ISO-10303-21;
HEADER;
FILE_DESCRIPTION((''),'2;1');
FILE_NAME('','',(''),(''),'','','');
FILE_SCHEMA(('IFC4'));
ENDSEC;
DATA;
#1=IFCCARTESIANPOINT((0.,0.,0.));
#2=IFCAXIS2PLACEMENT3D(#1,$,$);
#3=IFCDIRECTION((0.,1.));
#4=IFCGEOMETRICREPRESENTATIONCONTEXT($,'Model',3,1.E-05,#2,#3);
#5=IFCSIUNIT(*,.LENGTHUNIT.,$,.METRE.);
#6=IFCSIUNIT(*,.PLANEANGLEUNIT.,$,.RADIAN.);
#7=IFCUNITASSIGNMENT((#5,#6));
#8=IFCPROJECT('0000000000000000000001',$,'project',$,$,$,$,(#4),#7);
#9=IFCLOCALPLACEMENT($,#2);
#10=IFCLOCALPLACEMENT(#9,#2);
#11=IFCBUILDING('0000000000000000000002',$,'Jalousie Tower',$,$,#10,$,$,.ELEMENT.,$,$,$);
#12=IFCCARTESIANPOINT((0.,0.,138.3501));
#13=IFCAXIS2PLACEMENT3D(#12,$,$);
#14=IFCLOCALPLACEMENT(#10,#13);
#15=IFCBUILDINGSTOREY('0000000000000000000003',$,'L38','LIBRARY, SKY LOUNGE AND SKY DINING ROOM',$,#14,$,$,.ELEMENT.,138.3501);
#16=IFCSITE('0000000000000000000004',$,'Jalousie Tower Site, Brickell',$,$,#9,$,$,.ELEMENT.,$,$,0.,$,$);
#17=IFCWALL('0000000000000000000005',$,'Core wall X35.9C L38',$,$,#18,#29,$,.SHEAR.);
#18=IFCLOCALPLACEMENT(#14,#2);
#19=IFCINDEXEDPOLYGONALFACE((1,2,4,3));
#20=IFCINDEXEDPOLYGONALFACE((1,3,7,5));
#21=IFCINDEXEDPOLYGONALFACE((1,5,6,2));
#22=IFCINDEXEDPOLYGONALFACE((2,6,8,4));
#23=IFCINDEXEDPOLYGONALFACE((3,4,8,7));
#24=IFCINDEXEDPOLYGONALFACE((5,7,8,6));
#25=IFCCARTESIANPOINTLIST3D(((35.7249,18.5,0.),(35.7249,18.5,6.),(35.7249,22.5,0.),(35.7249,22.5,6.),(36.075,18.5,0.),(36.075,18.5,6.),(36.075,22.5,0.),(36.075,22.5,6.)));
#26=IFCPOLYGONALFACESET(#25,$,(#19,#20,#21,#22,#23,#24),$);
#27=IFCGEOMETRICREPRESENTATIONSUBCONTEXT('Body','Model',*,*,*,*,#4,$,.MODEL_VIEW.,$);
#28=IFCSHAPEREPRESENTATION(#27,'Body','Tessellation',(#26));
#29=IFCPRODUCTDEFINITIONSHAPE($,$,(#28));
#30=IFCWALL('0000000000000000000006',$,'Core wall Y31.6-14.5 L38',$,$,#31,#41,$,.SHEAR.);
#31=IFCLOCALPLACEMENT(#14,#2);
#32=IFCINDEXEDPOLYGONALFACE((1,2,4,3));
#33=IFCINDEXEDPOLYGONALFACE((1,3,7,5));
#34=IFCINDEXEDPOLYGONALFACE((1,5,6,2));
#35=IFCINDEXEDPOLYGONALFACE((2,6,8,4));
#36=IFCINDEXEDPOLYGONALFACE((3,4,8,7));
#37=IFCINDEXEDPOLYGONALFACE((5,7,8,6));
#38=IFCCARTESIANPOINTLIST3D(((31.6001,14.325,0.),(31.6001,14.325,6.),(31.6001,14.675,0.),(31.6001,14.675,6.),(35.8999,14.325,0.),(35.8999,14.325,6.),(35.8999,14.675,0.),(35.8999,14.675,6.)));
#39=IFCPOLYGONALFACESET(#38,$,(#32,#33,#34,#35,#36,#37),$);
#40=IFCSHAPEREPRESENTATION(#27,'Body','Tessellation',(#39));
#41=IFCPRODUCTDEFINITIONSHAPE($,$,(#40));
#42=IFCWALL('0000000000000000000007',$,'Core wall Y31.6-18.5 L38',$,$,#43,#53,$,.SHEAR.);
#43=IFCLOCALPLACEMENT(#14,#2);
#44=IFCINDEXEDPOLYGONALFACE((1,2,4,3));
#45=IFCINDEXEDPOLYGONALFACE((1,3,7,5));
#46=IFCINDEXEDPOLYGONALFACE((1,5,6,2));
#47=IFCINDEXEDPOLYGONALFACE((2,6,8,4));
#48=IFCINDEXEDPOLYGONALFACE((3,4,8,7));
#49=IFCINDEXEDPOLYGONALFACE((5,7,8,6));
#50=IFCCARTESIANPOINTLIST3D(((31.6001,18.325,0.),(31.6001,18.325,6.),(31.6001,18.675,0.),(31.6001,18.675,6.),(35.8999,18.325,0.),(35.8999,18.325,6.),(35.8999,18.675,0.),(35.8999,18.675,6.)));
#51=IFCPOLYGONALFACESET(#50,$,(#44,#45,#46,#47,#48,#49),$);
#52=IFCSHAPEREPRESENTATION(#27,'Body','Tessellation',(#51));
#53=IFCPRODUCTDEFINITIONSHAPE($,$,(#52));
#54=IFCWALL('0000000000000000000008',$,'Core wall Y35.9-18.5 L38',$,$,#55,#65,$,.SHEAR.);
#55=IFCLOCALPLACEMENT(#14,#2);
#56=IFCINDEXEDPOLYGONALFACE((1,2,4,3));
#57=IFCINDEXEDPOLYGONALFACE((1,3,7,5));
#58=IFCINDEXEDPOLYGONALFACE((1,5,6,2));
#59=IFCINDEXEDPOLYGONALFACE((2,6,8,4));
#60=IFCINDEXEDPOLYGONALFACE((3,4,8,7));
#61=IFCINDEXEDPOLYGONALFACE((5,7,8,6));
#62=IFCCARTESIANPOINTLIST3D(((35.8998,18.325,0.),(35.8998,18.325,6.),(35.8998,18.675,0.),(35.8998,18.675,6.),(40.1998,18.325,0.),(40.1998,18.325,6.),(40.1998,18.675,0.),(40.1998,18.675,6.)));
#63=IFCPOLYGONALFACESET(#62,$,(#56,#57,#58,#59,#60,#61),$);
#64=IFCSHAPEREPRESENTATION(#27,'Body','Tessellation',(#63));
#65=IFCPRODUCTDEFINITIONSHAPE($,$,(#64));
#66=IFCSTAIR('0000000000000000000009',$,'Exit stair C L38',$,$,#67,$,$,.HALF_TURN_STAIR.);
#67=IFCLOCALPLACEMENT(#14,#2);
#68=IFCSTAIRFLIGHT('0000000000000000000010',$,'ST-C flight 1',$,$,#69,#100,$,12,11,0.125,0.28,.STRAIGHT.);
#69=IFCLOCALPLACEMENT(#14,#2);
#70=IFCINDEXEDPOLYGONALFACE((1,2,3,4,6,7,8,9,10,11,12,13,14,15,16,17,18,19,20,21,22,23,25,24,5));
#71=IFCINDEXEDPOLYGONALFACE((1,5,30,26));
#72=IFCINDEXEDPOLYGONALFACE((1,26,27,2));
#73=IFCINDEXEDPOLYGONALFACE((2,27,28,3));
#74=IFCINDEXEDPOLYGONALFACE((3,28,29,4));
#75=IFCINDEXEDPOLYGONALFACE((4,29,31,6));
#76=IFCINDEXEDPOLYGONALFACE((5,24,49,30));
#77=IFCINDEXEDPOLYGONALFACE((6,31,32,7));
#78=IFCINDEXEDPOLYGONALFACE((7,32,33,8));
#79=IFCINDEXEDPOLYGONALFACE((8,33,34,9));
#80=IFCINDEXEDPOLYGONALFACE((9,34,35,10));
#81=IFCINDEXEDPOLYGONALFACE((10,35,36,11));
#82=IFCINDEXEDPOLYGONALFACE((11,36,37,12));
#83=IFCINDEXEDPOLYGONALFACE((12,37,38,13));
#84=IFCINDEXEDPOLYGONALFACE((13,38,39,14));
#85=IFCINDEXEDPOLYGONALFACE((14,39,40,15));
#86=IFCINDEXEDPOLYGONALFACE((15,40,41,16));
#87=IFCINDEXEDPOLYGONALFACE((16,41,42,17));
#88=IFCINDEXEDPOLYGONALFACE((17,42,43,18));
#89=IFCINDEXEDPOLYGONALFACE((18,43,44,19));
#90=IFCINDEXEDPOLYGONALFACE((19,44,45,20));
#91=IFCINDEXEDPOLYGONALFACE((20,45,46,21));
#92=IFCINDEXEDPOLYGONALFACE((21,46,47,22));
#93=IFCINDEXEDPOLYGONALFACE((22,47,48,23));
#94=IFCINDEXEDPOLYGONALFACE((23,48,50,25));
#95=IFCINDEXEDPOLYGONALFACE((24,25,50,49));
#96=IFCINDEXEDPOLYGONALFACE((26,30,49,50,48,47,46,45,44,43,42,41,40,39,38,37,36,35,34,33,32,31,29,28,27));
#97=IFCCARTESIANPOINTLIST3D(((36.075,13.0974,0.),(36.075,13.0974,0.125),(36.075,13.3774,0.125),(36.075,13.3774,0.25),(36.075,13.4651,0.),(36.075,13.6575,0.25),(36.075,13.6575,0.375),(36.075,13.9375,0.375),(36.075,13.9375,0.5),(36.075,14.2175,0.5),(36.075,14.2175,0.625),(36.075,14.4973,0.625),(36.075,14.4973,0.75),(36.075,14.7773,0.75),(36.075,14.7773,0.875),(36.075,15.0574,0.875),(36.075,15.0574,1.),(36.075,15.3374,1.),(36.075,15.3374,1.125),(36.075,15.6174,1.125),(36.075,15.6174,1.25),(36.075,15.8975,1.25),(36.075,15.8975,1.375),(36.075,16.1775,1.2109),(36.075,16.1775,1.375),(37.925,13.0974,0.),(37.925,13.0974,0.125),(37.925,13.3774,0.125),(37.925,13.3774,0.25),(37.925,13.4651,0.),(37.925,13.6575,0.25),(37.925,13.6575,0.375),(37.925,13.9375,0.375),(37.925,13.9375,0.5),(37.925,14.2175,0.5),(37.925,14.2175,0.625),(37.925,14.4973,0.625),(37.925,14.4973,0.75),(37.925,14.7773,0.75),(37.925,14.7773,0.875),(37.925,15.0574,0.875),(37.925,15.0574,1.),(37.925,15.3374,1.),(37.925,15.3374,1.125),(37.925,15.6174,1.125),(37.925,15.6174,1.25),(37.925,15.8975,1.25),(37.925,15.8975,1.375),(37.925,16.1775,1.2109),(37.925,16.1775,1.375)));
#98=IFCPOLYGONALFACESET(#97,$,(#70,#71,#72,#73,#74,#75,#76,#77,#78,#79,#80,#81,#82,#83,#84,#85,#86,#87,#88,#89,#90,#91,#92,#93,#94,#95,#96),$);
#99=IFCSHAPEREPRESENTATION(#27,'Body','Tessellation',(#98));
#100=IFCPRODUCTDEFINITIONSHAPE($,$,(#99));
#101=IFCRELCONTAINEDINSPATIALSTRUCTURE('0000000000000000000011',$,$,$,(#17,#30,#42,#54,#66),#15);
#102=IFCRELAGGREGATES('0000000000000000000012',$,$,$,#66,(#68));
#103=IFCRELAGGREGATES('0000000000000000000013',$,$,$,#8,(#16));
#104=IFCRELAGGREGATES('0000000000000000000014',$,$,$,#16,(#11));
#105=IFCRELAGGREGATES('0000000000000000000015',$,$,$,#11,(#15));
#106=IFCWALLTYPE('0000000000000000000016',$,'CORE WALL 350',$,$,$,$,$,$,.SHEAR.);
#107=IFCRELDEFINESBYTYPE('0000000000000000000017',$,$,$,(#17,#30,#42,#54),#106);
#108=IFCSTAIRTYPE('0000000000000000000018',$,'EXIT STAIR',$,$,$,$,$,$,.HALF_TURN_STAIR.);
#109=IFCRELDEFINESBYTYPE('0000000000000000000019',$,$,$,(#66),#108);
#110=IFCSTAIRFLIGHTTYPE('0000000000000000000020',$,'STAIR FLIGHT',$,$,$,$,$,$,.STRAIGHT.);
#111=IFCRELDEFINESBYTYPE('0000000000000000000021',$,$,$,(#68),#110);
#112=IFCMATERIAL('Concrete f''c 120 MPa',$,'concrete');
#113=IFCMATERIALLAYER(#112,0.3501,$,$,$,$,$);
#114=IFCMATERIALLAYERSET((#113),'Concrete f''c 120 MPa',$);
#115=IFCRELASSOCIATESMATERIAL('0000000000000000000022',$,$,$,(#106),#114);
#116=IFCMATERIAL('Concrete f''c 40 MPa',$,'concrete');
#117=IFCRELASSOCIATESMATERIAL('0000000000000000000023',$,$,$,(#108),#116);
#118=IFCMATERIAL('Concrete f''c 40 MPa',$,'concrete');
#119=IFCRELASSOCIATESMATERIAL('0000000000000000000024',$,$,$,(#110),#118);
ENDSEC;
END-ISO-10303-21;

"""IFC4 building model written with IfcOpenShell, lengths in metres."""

from ifc_helpers import new_model, si_unit, direction, frame, frame_2d, origin, place, context, subcontext, project, spatial, polyline, rectangle, outline, extrude, material, layer, layer_set, type_object, element, aggregate, save


model = new_model("IFC4")

# Units and contexts
model_context = context("Model", 3, precision=1e-05, world=origin(), true_north=direction((0.0, 1.0)))
body_context = subcontext(model_context, "Body", "Model", "MODEL_VIEW")
ifc_project = project(units=[si_unit("LENGTHUNIT", "METRE"), si_unit("PLANEANGLEUNIT", "RADIAN")], contexts=[model_context])

# Site, building, storey
site_placement = place(None, origin())
site = spatial("IfcSite", under=ifc_project, at=site_placement, Name="Jalousie Tower Site, Brickell", CompositionType="ELEMENT", RefElevation=0.0)
building_placement = place(site_placement, origin())
building = spatial("IfcBuilding", under=site, at=building_placement, Name="Jalousie Tower", CompositionType="ELEMENT")
storey_placement = place(building_placement, frame((0.0, 0.0, 138.3501)))
storey = spatial("IfcBuildingStorey", under=building, at=storey_placement, Name="L38", Description="LIBRARY, SKY LOUNGE AND SKY DINING ROOM", CompositionType="ELEMENT", Elevation=138.3501)

# Shared definitions
ifc_material_1 = material(Name="Concrete f'c 120 MPa", Category="concrete")
ifc_layer = layer(ifc_material_1, 0.3501)
ifc_layer_set = layer_set([ifc_layer], Name="Concrete f'c 120 MPa")
wall_type = type_object("IfcWallType", Name="CORE WALL 350", PredefinedType="SHEAR", material=ifc_layer_set)

# Walls
for number, where, z_axis, x_axis, name in (
    (1, (35.8999, 18.5, 0.0), (0.0, 0.0, 1.0), (0.0, 1.0, 0.0), "Core wall X35.9C L38"),
):
    element("IfcWall", number, at=place(storey_placement, frame(where, z_axis=z_axis, x_axis=x_axis)), inside=storey, type_object=wall_type, Name=name, PredefinedType="SHEAR", context=body_context, shape_type="SweptSolid", body=[
        extrude(rectangle(XDim=4.0, YDim=0.3501, at=frame_2d((2.0, 0.0))), origin(), (0.0, 0.0, 1.0), 6.0),
    ])
for number, where, z_axis, x_axis, name in (
    (2, (31.6001, 14.5, 0.0), (0.0, 0.0, 1.0), (1.0, 0.0, 0.0), "Core wall Y31.6-14.5 L38"),
    (3, (31.6001, 18.5, 0.0), (0.0, 0.0, 1.0), (1.0, 0.0, 0.0), "Core wall Y31.6-18.5 L38"),
):
    element("IfcWall", number, at=place(storey_placement, frame(where, z_axis=z_axis, x_axis=x_axis)), inside=storey, type_object=wall_type, Name=name, PredefinedType="SHEAR", context=body_context, shape_type="SweptSolid", body=[
        extrude(rectangle(XDim=4.2998, YDim=0.3501, at=frame_2d((2.1499, 0.0))), origin(), (0.0, 0.0, 1.0), 6.0),
    ])
wall_1_placement = place(storey_placement, frame((35.8999, 18.5, 0.0), z_axis=(0.0, 0.0, 1.0), x_axis=(1.0, 0.0, 0.0)))
element("IfcWall", 4, at=wall_1_placement, inside=storey, type_object=wall_type, Name="Core wall Y35.9-18.5 L38", PredefinedType="SHEAR", context=body_context, shape_type="SweptSolid", body=[
    extrude(rectangle(XDim=4.3, YDim=0.3501, at=frame_2d((2.1499, 0.0))), origin(), (0.0, 0.0, 1.0), 6.0),
])

# Stair, stair flight
ifc_material_2 = material(Name="Concrete f'c 40 MPa", Category="concrete")
stair_type = type_object("IfcStairType", Name="EXIT STAIR", PredefinedType="HALF_TURN_STAIR", material=ifc_material_2)
stair_placement = place(storey_placement, origin())
stair = element("IfcStair", 5, at=stair_placement, inside=storey, type_object=stair_type, Name="Exit stair C L38", PredefinedType="HALF_TURN_STAIR")
ifc_material_3 = material(Name="Concrete f'c 40 MPa", Category="concrete")
stair_flight_type = type_object("IfcStairFlightType", Name="STAIR FLIGHT", PredefinedType="STRAIGHT", material=ifc_material_3)
stair_flight_placement = place(storey_placement, frame((37.0, 13.0974, 0.0), z_axis=(0.0, 0.0, 1.0), x_axis=(0.0, 1.0, 0.0)))
stair_flight = element("IfcStairFlight", 6, at=stair_flight_placement, type_object=stair_flight_type, Name="ST-C flight 1", NumberOfRisers=12, NumberOfTreads=11, PredefinedType="STRAIGHT", RiserHeight=0.125, TreadLength=0.28, context=body_context, shape_type="SweptSolid", body=[
    extrude(outline(polyline([(0.0, 0.0), (0.0, 0.125), (0.28, 0.125), (0.28, 0.25), (0.5601, 0.25), (0.5601, 0.375), (0.8401, 0.375), (0.8401, 0.5), (1.1201, 0.5), (1.1201, 0.625), (1.3999, 0.625), (1.3999, 0.75), (1.6799, 0.75), (1.6799, 0.875), (1.96, 0.875), (1.96, 1.0), (2.24, 1.0), (2.24, 1.125), (2.52, 1.125), (2.52, 1.25), (2.8, 1.25), (2.8, 1.375), (3.0801, 1.375), (3.0801, 1.5), (3.0801, 1.2109), (0.3677, 0.0), (0.0, 0.0)])), frame((0.0, 0.925, 0.0), z_axis=(0.0, -1.0, 0.0), x_axis=(1.0, 0.0, 0.0)), (0.0, 0.0, 1.0), 1.8501),
])
aggregate(stair, [stair_flight])

save(model, "model.ifc")
